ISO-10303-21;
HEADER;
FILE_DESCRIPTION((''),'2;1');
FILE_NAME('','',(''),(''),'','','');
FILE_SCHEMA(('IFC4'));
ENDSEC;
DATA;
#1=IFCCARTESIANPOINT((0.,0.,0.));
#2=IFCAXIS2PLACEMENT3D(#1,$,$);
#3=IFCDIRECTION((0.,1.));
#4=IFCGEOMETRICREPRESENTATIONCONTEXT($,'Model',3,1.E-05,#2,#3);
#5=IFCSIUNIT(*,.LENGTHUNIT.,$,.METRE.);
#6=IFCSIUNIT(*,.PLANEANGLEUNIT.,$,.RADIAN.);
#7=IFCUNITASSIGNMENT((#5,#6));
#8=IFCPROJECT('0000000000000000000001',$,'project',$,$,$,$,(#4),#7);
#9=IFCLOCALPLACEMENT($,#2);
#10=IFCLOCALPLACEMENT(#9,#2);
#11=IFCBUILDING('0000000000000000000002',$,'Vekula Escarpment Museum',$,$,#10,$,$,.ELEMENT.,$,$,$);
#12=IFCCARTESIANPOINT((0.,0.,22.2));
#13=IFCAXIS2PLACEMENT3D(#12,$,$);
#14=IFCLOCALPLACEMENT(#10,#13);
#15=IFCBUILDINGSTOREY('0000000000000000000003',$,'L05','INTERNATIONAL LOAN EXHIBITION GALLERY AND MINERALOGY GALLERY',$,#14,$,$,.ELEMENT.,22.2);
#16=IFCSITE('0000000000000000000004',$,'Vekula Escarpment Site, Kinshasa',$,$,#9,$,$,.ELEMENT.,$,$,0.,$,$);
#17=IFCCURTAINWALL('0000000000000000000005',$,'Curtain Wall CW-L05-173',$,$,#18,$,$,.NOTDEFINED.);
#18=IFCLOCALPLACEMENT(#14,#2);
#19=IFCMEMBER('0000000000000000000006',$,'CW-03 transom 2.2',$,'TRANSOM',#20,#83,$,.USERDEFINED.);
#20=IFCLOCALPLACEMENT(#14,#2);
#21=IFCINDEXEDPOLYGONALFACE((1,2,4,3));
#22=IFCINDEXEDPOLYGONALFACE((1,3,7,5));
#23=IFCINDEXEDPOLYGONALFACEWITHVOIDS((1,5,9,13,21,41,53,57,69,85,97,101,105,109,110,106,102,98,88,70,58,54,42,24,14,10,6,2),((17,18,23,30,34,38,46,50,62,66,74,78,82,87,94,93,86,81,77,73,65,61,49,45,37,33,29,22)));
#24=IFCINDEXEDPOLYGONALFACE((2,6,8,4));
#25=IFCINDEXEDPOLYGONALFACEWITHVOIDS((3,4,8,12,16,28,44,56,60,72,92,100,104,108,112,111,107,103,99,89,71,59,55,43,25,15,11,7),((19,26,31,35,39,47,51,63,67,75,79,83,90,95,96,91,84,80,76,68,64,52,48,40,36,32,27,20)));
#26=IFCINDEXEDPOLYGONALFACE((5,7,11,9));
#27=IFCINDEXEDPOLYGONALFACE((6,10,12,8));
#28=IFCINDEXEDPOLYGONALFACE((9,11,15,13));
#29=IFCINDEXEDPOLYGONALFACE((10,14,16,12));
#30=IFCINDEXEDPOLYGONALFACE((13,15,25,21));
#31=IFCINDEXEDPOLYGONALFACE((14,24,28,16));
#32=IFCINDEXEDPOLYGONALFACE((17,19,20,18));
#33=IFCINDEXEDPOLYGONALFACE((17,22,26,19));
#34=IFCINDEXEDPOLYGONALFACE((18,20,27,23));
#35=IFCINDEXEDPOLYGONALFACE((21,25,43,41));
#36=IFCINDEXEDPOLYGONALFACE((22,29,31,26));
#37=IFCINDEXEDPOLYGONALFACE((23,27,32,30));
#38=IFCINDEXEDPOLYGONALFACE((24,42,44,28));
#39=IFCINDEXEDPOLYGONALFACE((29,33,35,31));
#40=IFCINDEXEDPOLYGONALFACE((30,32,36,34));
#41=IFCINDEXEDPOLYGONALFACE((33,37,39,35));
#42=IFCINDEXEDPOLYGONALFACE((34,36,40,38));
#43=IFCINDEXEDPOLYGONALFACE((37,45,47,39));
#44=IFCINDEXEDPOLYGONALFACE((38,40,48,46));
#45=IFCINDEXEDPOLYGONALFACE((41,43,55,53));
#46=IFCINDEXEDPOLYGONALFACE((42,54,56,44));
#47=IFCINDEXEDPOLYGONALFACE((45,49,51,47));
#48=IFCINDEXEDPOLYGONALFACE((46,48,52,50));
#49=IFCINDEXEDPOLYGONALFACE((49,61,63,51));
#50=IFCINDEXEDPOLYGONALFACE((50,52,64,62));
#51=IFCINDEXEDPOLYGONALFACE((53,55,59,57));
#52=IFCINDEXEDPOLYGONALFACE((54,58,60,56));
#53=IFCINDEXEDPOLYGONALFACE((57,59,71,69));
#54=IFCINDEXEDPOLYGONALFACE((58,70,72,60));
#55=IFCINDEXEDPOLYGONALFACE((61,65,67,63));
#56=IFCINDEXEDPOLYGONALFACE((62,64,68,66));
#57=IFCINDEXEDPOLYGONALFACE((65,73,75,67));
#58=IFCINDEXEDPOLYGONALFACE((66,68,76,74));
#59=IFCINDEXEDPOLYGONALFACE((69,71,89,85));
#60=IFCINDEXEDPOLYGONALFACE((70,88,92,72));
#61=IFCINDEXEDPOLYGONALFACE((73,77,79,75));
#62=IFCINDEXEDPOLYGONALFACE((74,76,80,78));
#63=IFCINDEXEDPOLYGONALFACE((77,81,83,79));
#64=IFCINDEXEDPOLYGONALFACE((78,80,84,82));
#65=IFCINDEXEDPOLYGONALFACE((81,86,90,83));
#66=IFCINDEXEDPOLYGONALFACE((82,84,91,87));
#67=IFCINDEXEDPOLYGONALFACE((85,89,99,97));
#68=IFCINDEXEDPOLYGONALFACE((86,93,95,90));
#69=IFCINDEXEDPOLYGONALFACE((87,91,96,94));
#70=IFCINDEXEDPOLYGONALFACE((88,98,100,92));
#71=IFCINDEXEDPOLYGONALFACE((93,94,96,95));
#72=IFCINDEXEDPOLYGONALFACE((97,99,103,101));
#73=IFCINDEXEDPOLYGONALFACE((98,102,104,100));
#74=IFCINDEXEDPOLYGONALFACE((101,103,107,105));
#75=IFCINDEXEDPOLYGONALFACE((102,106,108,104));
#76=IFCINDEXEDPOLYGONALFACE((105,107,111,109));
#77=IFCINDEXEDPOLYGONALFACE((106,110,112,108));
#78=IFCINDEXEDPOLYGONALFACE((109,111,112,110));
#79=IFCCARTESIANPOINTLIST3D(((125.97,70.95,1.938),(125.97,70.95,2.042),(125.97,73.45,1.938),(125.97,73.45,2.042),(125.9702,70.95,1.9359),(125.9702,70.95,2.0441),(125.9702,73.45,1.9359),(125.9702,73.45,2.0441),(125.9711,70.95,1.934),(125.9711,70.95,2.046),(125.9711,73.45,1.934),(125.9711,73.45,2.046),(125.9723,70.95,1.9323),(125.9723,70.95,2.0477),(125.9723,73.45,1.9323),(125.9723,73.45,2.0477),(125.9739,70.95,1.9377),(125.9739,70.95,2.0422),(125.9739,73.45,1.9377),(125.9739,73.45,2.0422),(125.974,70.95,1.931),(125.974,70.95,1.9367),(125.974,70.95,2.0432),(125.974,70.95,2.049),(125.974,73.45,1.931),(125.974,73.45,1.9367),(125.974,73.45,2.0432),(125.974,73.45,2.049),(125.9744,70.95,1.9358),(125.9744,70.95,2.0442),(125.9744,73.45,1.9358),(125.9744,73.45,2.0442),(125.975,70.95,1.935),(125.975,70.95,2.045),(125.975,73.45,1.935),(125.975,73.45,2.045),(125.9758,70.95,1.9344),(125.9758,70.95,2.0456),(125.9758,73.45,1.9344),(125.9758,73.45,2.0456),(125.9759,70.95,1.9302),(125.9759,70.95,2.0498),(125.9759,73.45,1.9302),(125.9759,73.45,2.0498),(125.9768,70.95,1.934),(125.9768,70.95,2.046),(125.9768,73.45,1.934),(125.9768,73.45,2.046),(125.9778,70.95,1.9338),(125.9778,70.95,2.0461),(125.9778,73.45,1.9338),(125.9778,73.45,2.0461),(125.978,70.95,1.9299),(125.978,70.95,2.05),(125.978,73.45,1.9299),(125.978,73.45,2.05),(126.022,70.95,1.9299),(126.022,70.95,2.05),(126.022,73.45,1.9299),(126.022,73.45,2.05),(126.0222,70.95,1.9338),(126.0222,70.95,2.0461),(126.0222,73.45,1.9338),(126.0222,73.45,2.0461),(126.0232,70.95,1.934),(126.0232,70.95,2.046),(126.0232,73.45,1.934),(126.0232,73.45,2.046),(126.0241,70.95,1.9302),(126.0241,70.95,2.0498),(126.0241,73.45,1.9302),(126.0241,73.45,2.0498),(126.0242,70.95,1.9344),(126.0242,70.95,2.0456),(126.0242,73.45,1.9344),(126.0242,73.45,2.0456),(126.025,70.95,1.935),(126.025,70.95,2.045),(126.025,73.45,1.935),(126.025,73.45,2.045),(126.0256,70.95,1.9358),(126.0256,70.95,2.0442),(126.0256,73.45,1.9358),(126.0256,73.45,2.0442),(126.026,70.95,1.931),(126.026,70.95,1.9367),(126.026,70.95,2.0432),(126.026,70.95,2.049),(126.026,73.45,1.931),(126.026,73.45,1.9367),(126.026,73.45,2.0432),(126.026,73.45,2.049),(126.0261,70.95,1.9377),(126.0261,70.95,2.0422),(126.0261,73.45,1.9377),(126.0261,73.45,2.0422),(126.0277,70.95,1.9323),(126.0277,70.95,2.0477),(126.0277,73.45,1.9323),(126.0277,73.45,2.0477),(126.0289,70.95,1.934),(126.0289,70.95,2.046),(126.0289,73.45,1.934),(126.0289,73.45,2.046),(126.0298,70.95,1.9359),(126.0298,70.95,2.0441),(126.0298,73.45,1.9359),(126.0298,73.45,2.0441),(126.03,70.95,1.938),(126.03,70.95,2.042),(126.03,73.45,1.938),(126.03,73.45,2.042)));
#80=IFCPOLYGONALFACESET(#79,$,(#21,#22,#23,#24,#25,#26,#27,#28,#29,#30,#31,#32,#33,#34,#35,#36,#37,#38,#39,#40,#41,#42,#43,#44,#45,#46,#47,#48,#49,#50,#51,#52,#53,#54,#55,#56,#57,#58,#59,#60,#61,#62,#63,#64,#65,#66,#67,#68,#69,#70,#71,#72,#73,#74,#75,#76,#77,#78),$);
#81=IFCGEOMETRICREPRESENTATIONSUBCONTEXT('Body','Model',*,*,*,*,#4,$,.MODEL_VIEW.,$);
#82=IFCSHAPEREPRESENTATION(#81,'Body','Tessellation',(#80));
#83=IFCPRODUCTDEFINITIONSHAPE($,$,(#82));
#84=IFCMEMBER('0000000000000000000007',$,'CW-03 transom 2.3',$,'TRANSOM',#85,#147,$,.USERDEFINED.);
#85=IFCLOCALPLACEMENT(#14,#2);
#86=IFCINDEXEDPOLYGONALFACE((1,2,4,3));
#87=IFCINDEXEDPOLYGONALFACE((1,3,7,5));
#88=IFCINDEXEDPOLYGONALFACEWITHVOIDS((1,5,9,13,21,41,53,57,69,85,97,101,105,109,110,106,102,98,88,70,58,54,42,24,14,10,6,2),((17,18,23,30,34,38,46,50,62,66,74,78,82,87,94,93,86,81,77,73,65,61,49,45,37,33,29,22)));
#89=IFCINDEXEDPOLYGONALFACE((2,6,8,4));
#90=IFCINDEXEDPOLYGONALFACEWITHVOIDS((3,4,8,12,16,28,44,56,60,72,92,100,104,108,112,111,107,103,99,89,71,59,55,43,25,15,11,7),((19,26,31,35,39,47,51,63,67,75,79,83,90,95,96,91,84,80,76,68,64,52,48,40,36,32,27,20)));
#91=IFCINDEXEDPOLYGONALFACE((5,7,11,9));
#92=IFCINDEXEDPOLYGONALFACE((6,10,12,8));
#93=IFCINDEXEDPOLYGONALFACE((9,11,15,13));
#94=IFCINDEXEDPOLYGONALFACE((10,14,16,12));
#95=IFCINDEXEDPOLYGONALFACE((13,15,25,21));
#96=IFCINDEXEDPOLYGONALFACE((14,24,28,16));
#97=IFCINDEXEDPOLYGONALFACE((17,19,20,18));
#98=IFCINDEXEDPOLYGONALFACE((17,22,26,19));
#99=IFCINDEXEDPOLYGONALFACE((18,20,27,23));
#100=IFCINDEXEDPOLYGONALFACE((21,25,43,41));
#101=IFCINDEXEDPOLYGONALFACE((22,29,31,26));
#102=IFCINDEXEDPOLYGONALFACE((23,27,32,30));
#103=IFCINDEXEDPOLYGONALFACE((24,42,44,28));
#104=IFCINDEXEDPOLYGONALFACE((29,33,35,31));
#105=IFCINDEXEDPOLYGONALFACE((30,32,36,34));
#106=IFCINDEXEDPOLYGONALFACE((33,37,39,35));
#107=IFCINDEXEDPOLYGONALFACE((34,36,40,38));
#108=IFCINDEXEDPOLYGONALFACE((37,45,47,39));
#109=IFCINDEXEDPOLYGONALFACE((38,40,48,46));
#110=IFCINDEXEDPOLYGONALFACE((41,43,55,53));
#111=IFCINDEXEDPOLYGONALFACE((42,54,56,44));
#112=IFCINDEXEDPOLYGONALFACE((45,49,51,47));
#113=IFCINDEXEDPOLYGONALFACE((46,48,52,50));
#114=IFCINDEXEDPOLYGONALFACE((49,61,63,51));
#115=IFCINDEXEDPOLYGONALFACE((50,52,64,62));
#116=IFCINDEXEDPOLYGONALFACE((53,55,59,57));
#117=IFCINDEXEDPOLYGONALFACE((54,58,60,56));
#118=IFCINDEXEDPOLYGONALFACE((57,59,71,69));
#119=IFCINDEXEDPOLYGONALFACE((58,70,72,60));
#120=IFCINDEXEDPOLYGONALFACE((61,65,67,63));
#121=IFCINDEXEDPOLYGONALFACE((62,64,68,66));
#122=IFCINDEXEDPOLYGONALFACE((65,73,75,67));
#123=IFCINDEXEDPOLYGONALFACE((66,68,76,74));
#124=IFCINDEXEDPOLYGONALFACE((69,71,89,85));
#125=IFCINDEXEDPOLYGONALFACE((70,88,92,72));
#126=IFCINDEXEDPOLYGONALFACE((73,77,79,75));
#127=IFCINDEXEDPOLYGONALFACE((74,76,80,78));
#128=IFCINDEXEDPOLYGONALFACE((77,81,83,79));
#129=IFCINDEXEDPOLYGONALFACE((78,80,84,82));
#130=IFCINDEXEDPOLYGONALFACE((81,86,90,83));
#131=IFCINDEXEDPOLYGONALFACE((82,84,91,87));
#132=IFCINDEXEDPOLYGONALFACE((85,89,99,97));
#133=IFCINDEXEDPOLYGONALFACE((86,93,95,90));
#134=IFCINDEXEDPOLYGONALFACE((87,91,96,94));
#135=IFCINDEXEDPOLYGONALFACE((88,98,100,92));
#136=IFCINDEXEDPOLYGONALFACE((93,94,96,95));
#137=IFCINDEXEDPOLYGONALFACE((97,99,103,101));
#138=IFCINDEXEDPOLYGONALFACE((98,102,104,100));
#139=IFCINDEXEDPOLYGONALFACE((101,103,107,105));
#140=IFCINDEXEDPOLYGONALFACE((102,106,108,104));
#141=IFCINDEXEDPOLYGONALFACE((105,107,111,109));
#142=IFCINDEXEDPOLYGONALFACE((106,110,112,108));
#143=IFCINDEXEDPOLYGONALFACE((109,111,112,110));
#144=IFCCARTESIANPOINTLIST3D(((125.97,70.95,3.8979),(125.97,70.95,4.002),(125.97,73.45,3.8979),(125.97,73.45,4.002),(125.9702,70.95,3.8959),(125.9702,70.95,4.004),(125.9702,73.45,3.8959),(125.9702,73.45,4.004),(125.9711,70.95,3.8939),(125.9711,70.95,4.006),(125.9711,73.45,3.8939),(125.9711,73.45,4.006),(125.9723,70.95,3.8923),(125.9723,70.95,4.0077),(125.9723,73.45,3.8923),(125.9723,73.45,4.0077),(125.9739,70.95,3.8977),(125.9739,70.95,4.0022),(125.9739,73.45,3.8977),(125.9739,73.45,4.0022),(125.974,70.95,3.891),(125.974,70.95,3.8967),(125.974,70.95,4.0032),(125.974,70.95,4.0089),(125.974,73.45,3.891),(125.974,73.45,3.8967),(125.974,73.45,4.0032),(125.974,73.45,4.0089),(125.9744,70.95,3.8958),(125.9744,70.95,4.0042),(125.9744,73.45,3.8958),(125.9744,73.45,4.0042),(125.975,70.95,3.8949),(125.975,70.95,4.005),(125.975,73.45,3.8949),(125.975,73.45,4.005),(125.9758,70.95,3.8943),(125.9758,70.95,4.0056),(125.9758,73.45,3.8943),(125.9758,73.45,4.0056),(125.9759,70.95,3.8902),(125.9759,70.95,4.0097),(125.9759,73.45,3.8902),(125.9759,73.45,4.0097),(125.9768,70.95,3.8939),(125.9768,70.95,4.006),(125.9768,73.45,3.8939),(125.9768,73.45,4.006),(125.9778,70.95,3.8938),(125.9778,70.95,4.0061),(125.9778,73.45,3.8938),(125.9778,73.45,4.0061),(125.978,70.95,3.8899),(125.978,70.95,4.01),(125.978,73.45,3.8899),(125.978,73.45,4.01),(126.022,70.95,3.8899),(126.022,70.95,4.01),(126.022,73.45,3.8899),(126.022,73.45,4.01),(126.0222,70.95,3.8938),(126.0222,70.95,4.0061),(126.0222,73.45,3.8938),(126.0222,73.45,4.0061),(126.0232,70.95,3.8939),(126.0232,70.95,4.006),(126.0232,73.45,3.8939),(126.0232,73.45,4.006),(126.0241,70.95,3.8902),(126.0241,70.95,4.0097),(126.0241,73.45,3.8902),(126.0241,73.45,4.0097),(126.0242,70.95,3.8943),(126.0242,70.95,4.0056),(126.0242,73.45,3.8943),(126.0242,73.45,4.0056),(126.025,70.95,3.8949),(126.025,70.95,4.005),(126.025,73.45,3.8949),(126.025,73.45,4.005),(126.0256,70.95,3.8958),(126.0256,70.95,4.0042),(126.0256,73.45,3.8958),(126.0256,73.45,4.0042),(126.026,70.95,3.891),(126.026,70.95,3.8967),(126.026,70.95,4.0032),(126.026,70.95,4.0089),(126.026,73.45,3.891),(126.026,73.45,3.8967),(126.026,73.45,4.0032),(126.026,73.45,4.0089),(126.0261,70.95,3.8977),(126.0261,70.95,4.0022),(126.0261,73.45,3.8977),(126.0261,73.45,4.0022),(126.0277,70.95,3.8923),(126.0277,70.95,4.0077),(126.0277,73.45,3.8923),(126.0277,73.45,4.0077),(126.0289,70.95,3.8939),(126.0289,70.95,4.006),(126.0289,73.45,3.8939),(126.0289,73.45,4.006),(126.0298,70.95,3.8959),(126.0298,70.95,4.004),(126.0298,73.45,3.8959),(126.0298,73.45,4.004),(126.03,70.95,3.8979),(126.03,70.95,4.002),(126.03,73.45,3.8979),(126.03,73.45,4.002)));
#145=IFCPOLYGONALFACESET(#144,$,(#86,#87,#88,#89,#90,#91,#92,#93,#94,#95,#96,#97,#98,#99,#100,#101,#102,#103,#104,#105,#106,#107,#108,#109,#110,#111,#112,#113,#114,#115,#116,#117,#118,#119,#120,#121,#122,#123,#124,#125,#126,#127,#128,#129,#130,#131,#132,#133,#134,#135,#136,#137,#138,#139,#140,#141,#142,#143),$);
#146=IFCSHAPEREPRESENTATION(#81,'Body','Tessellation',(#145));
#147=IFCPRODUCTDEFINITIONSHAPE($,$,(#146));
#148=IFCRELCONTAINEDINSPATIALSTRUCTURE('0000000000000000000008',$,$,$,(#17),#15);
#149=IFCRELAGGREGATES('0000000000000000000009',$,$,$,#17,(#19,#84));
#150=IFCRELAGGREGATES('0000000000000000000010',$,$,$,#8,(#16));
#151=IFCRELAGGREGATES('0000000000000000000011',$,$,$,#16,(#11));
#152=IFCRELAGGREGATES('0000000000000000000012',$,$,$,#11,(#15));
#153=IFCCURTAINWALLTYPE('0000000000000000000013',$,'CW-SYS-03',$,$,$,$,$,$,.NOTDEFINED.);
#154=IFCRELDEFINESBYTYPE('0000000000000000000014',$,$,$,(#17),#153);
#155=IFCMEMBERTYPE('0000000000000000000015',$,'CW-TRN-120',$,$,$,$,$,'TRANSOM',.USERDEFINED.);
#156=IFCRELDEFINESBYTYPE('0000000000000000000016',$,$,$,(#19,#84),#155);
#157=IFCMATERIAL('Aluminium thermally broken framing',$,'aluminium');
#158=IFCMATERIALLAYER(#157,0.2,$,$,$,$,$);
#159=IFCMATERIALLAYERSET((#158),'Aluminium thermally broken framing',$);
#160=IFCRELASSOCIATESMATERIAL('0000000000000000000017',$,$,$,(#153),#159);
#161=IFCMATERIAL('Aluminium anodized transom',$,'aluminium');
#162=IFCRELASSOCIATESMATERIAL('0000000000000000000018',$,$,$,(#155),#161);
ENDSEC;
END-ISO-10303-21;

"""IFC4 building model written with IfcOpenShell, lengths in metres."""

from ifc_helpers import new_model, si_unit, direction, frame, origin, origin_2d, place, context, subcontext, project, spatial, hollow_rectangle, extrude, material, layer, layer_set, material_profile, profile_set, type_object, element, aggregate, save


model = new_model("IFC4")

# Units and contexts
model_context = context("Model", 3, precision=1e-05, world=origin(), true_north=direction((0.0, 1.0)))
body_context = subcontext(model_context, "Body", "Model", "MODEL_VIEW")
ifc_project = project(units=[si_unit("LENGTHUNIT", "METRE"), si_unit("PLANEANGLEUNIT", "RADIAN")], contexts=[model_context])

# Site, building, storey
site_placement = place(None, origin())
site = spatial("IfcSite", under=ifc_project, at=site_placement, Name="Vekula Escarpment Site, Kinshasa", CompositionType="ELEMENT", RefElevation=0.0)
building_placement = place(site_placement, origin())
building = spatial("IfcBuilding", under=site, at=building_placement, Name="Vekula Escarpment Museum", CompositionType="ELEMENT")
storey_placement = place(building_placement, frame((0.0, 0.0, 22.2)))
storey = spatial("IfcBuildingStorey", under=building, at=storey_placement, Name="L05", Description="INTERNATIONAL LOAN EXHIBITION GALLERY AND MINERALOGY GALLERY", CompositionType="ELEMENT", Elevation=22.2)

# Curtain wall, members
ifc_material_1 = material(Name="Aluminium thermally broken framing", Category="aluminium")
ifc_layer_1 = layer(ifc_material_1, 0.2)
ifc_layer_set_1 = layer_set([ifc_layer_1], Name="Aluminium thermally broken framing")
curtain_wall_type = type_object("IfcCurtainWallType", Name="CW-SYS-03", PredefinedType="NOTDEFINED", material=ifc_layer_set_1)
curtain_wall_placement = place(storey_placement, origin())
curtain_wall = element("IfcCurtainWall", 1, at=curtain_wall_placement, inside=storey, type_object=curtain_wall_type, Name="Curtain Wall CW-L05-173", PredefinedType="NOTDEFINED")
ifc_material_2 = material(Name="Aluminium anodized transom", Category="aluminium")
ifc_material_profile_1 = material_profile(ifc_material_2, hollow_rectangle(XDim=0.0601, YDim=0.1201, WallThickness=0.0039, InnerFilletRadius=0.0039, OuterFilletRadius=0.0081, at=origin_2d()), Name="ALU 120x60x4")
ifc_profile_set_1 = profile_set([ifc_material_profile_1], Name="Aluminium anodized transom")
member_type_1 = type_object("IfcMemberType", Name="CW-TRN-120", ElementType="TRANSOM", PredefinedType="USERDEFINED", material=ifc_profile_set_1)
member_1_placement = place(storey_placement, frame((126.0, 70.95, 1.99), z_axis=(0.0, 1.0, 0.0), x_axis=(-1.0, 0.0, 0.0)))
member_1 = element("IfcMember", 2, at=member_1_placement, type_object=member_type_1, Name="CW-03 transom 2.2", ObjectType="TRANSOM", PredefinedType="USERDEFINED", context=body_context, shape_type="SweptSolid", body=[
    extrude(hollow_rectangle(XDim=0.0601, YDim=0.1201, WallThickness=0.0039, InnerFilletRadius=0.0039, OuterFilletRadius=0.0081, at=origin_2d()), origin(), (0.0, 0.0, 1.0), 2.5),
])
member_2_placement = place(storey_placement, frame((126.0, 70.95, 3.95), z_axis=(0.0, 1.0, 0.0), x_axis=(-1.0, 0.0, 0.0)))
member_2 = element("IfcMember", 3, at=member_2_placement, type_object=member_type_1, Name="CW-03 transom 2.3", ObjectType="TRANSOM", PredefinedType="USERDEFINED", context=body_context, shape_type="SweptSolid", body=[
    extrude(hollow_rectangle(XDim=0.0601, YDim=0.1201, WallThickness=0.0039, InnerFilletRadius=0.0039, OuterFilletRadius=0.0081, at=origin_2d()), origin(), (0.0, 0.0, 1.0), 2.5),
])
aggregate(curtain_wall, [member_1, member_2])

save(model, "model.ifc")
